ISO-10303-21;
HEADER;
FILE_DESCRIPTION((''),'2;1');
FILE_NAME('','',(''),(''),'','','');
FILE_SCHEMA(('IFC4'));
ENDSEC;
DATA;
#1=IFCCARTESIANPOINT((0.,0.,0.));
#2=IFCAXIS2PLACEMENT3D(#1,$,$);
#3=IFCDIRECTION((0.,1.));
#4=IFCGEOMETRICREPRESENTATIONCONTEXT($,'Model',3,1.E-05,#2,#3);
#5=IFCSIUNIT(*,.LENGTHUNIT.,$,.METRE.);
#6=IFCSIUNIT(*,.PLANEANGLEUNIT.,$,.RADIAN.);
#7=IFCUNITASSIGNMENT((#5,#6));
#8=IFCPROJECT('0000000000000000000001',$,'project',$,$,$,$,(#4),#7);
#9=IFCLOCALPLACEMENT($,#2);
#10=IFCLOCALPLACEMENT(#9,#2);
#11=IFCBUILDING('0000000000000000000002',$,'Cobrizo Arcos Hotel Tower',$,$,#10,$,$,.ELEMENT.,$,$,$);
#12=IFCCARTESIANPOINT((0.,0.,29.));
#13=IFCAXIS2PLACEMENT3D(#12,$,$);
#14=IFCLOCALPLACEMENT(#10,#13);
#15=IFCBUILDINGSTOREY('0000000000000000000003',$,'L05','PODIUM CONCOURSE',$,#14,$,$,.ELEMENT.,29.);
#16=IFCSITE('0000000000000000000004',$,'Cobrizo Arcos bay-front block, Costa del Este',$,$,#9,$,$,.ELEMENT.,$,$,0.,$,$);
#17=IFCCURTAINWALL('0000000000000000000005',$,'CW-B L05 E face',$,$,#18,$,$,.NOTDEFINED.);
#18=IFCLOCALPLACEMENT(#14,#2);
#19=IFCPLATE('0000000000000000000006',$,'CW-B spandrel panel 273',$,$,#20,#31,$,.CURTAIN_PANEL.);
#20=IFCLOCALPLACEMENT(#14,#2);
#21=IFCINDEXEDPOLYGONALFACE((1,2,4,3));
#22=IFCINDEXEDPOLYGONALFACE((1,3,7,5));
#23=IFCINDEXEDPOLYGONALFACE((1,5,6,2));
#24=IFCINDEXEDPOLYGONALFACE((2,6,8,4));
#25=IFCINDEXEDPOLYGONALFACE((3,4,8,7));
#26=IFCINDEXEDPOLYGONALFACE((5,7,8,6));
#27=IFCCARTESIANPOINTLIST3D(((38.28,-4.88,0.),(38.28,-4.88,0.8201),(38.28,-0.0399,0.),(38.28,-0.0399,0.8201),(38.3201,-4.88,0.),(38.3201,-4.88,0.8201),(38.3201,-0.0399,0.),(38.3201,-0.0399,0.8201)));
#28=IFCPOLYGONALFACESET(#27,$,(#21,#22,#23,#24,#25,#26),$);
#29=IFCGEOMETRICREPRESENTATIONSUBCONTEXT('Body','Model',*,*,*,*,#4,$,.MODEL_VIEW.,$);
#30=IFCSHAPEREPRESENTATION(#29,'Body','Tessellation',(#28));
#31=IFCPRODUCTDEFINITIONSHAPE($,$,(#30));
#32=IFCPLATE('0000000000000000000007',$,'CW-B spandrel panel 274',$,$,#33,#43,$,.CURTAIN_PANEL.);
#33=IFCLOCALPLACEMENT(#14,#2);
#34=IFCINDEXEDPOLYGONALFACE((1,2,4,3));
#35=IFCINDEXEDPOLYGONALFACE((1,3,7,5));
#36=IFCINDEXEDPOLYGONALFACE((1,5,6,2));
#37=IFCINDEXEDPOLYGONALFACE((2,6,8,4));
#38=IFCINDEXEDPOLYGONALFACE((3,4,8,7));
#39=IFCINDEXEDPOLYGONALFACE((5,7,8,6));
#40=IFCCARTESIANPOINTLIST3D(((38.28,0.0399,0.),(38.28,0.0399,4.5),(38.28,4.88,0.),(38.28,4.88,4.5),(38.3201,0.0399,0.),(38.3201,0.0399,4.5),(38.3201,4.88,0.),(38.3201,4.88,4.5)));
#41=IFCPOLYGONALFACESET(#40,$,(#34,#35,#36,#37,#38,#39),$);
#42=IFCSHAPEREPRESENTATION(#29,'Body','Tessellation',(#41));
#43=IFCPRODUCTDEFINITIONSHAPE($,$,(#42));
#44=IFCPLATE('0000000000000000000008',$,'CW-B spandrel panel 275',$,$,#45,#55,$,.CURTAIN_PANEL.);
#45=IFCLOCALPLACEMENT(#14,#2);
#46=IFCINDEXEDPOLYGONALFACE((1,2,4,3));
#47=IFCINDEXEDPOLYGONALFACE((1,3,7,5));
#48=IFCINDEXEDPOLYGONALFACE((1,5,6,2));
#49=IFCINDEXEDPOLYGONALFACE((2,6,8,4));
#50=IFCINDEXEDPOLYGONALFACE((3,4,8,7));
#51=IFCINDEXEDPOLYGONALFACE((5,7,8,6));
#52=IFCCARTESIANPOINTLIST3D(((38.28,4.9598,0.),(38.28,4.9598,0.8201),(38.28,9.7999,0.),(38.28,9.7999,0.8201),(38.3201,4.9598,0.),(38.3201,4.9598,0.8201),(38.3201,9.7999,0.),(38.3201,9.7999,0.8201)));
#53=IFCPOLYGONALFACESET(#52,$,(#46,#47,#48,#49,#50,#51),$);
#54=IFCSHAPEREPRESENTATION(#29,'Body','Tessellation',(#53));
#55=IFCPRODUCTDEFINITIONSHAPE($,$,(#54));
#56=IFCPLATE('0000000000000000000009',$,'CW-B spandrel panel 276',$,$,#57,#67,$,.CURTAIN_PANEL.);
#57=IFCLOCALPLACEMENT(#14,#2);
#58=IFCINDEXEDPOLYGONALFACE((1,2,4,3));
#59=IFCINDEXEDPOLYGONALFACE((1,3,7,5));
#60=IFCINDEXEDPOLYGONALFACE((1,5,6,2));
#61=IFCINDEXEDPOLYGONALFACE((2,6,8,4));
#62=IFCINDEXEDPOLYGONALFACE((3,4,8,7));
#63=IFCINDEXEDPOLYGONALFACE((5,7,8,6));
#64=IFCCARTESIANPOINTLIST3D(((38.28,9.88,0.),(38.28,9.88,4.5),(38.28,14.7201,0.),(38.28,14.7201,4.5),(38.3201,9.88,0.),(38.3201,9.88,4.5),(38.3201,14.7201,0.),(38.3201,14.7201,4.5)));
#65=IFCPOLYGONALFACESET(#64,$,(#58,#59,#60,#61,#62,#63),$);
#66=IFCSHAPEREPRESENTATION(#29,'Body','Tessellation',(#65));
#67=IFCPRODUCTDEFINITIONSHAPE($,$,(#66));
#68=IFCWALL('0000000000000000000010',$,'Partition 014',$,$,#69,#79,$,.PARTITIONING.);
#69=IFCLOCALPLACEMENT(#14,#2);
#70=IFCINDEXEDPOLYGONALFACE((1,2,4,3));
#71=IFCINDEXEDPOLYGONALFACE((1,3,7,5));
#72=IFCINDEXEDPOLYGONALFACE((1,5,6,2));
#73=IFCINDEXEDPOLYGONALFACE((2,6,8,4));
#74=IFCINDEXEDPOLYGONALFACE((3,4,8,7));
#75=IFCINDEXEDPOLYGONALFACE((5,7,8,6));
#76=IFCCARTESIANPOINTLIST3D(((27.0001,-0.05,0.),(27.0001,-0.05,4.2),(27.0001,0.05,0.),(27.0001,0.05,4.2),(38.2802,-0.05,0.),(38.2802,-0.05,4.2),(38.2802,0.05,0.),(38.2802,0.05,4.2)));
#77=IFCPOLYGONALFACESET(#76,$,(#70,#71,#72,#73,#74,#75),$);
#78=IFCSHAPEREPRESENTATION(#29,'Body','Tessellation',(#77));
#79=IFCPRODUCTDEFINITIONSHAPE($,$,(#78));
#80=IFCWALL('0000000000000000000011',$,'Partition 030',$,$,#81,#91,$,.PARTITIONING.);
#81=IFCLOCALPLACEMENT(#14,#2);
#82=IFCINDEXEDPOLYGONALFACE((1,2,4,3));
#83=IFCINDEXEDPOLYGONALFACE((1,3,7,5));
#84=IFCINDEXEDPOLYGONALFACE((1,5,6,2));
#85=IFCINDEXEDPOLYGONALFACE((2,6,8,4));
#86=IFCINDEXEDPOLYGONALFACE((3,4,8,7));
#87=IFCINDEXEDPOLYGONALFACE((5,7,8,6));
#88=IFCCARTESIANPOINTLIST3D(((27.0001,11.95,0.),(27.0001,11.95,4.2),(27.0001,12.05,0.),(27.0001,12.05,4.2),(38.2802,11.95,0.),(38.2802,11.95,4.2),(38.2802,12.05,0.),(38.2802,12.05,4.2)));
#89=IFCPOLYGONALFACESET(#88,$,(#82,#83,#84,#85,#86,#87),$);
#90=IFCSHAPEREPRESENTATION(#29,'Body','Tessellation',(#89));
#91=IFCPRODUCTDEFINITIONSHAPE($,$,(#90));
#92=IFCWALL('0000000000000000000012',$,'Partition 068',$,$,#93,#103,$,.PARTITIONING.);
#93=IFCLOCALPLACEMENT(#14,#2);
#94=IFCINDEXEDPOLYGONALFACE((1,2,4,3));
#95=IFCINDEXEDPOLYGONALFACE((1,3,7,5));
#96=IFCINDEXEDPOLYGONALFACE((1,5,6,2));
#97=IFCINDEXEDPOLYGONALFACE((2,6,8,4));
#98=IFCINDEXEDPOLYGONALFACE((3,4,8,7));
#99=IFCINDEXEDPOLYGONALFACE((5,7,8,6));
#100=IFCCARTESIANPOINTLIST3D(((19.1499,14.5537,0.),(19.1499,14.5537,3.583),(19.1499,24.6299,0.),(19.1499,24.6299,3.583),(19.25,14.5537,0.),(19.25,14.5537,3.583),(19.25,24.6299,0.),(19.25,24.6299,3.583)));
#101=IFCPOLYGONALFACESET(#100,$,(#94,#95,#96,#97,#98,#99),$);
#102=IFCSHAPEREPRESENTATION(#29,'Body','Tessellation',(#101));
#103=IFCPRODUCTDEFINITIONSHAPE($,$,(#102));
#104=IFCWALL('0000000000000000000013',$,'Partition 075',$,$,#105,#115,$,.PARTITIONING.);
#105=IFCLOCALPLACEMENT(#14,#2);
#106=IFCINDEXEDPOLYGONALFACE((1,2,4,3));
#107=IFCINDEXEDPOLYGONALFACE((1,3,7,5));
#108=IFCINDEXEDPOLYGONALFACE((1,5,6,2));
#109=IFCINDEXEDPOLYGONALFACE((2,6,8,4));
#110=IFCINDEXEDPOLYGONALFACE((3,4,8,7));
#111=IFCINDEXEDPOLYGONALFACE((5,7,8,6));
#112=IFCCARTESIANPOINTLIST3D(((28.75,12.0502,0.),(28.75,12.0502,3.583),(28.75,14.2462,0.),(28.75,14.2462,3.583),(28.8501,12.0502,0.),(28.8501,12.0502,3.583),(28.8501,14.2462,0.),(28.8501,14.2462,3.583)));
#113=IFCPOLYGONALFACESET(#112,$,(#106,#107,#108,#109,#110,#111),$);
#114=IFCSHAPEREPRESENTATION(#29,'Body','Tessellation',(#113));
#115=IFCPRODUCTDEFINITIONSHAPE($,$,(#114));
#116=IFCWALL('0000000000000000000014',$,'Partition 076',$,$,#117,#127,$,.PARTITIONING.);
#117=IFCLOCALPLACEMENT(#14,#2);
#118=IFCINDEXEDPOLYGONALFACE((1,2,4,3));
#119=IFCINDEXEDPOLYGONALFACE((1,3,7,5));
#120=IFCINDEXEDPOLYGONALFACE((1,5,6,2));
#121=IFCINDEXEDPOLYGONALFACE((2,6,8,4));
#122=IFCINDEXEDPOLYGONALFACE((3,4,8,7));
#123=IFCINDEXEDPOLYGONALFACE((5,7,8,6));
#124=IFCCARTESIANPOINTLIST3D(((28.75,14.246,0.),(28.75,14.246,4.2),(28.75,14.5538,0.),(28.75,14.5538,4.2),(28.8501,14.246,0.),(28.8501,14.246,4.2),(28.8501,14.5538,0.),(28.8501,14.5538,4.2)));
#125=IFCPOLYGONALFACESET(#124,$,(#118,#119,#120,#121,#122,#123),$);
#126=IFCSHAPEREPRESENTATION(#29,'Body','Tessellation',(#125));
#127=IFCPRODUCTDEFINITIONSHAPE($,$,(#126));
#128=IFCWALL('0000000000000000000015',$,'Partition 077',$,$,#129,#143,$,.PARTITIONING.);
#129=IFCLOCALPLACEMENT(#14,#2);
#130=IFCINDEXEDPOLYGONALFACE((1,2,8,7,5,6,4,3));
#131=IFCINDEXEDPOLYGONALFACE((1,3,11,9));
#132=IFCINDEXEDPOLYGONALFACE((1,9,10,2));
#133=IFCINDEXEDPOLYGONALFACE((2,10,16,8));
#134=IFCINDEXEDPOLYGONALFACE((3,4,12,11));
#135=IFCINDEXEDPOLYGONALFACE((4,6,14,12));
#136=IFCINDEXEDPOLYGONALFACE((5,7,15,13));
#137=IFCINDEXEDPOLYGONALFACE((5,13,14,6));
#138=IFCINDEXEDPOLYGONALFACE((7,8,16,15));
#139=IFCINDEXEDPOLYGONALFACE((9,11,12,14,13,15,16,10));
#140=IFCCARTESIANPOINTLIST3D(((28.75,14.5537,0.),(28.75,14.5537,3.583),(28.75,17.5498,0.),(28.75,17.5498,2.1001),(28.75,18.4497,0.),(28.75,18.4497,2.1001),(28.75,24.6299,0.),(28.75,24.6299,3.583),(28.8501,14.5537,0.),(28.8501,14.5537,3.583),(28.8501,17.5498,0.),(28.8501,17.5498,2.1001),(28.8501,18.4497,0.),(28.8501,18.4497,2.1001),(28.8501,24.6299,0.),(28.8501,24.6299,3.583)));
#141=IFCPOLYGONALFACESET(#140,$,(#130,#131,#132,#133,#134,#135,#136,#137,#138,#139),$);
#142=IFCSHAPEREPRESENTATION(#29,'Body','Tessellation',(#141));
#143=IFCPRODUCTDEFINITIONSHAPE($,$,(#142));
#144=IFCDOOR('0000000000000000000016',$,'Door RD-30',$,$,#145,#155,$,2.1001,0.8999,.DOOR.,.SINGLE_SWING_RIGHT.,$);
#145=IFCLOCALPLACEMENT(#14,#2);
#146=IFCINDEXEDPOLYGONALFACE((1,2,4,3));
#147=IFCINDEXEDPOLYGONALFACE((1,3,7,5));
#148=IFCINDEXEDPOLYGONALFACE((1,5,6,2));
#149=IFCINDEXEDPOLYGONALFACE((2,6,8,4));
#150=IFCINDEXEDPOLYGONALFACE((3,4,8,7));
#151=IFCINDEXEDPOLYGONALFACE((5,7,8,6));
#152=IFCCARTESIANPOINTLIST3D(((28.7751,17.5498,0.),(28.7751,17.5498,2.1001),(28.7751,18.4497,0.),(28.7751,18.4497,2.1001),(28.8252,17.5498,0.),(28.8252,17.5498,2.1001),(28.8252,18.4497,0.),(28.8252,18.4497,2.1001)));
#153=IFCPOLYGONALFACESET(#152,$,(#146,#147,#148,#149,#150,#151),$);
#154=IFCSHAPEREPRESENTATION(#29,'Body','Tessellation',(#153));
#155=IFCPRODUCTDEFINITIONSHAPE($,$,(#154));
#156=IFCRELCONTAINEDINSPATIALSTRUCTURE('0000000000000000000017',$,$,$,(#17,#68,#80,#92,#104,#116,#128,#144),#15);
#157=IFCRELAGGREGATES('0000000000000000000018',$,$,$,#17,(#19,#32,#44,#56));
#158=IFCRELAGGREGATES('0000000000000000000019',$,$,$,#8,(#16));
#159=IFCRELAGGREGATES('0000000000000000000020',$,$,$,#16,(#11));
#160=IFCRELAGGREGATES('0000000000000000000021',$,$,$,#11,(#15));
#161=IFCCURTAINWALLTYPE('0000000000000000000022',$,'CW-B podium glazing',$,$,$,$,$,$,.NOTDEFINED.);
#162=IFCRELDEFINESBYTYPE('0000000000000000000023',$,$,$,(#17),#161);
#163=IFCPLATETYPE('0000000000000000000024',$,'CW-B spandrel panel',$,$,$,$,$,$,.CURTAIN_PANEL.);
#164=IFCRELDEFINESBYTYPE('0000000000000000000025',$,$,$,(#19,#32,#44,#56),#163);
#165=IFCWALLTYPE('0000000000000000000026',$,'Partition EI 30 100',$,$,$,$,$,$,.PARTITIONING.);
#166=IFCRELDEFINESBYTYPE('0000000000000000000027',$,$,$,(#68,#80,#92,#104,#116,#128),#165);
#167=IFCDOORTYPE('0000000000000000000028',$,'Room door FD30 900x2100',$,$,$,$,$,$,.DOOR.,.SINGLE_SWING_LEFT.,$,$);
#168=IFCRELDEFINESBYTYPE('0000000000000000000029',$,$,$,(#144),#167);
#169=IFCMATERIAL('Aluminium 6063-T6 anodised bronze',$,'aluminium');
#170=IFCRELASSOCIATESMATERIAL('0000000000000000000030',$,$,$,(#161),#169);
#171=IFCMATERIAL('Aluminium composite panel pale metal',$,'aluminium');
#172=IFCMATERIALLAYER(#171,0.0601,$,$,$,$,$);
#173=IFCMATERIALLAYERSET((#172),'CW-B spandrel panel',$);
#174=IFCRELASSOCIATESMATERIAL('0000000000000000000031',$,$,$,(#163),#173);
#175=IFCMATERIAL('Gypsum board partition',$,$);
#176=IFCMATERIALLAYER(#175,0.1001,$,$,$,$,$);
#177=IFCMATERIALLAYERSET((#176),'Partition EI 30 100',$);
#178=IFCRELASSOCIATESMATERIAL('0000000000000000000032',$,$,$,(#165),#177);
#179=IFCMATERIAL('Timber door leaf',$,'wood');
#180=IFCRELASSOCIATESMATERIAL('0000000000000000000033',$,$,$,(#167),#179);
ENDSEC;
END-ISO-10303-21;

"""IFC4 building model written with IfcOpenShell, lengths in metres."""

from ifc_helpers import new_model, si_unit, direction, frame, frame_2d, origin, origin_2d, place, context, subcontext, project, spatial, rectangle, extrude, material, layer, layer_set, type_object, element, fill, aggregate, save


model = new_model("IFC4")

# Units and contexts
model_context = context("Model", 3, precision=1e-05, world=origin(), true_north=direction((0.0, 1.0)))
body_context = subcontext(model_context, "Body", "Model", "MODEL_VIEW")
ifc_project = project(units=[si_unit("LENGTHUNIT", "METRE"), si_unit("PLANEANGLEUNIT", "RADIAN")], contexts=[model_context])

# Site, building, storey
site_placement = place(None, origin())
site = spatial("IfcSite", under=ifc_project, at=site_placement, Name="Cobrizo Arcos bay-front block, Costa del Este", CompositionType="ELEMENT", RefElevation=0.0)
building_placement = place(site_placement, origin())
building = spatial("IfcBuilding", under=site, at=building_placement, Name="Cobrizo Arcos Hotel Tower", CompositionType="ELEMENT")
storey_placement = place(building_placement, frame((0.0, 0.0, 29.0)))
storey = spatial("IfcBuildingStorey", under=building, at=storey_placement, Name="L05", Description="PODIUM CONCOURSE", CompositionType="ELEMENT", Elevation=29.0)

# Curtain wall
ifc_material_1 = material(Name="Aluminium 6063-T6 anodised bronze", Category="aluminium")
curtain_wall_type = type_object("IfcCurtainWallType", Name="CW-B podium glazing", PredefinedType="NOTDEFINED", material=ifc_material_1)
curtain_wall_placement = place(storey_placement, origin())
curtain_wall = element("IfcCurtainWall", 1, at=curtain_wall_placement, inside=storey, type_object=curtain_wall_type, Name="CW-B L05 E face", PredefinedType="NOTDEFINED")

# Plates
ifc_material_2 = material(Name="Aluminium composite panel pale metal", Category="aluminium")
ifc_layer_1 = layer(ifc_material_2, 0.0601)
ifc_layer_set_1 = layer_set([ifc_layer_1], Name="CW-B spandrel panel")
plate_type_1 = type_object("IfcPlateType", Name="CW-B spandrel panel", PredefinedType="CURTAIN_PANEL", material=ifc_layer_set_1)
plate_1_placement = place(storey_placement, frame((38.3, -2.46, 0.0), z_axis=(0.0, 0.0, 1.0), x_axis=(0.0, 1.0, 0.0)))
plate_1 = element("IfcPlate", 2, at=plate_1_placement, type_object=plate_type_1, Name="CW-B spandrel panel 273", PredefinedType="CURTAIN_PANEL", context=body_context, shape_type="SweptSolid", body=[
    extrude(rectangle(XDim=4.8401, YDim=0.04, at=origin_2d()), origin(), (0.0, 0.0, 1.0), 0.8201),
])
plate_2_placement = place(storey_placement, frame((38.3, 2.46, 0.0), z_axis=(0.0, 0.0, 1.0), x_axis=(0.0, 1.0, 0.0)))
plate_2 = element("IfcPlate", 3, at=plate_2_placement, type_object=plate_type_1, Name="CW-B spandrel panel 274", PredefinedType="CURTAIN_PANEL", context=body_context, shape_type="SweptSolid", body=[
    extrude(rectangle(XDim=4.8401, YDim=0.04, at=origin_2d()), origin(), (0.0, 0.0, 1.0), 4.5),
])
plate_3_placement = place(storey_placement, frame((38.3, 7.3799, 0.0), z_axis=(0.0, 0.0, 1.0), x_axis=(0.0, 1.0, 0.0)))
plate_3 = element("IfcPlate", 4, at=plate_3_placement, type_object=plate_type_1, Name="CW-B spandrel panel 275", PredefinedType="CURTAIN_PANEL", context=body_context, shape_type="SweptSolid", body=[
    extrude(rectangle(XDim=4.8401, YDim=0.04, at=origin_2d()), origin(), (0.0, 0.0, 1.0), 0.8201),
])
plate_4_placement = place(storey_placement, frame((38.3, 12.3, 0.0), z_axis=(0.0, 0.0, 1.0), x_axis=(0.0, 1.0, 0.0)))
plate_4 = element("IfcPlate", 5, at=plate_4_placement, type_object=plate_type_1, Name="CW-B spandrel panel 276", PredefinedType="CURTAIN_PANEL", context=body_context, shape_type="SweptSolid", body=[
    extrude(rectangle(XDim=4.8401, YDim=0.04, at=origin_2d()), origin(), (0.0, 0.0, 1.0), 4.5),
])
aggregate(curtain_wall, [plate_1, plate_2, plate_3, plate_4])

# Walls
ifc_material_3 = material(Name="Gypsum board partition")
ifc_layer_2 = layer(ifc_material_3, 0.1001)
ifc_layer_set_2 = layer_set([ifc_layer_2], Name="Partition EI 30 100")
wall_type = type_object("IfcWallType", Name="Partition EI 30 100", PredefinedType="PARTITIONING", material=ifc_layer_set_2)
for number, where, z_axis, x_axis, name in (
    (6, (27.0, 0.0, 0.0), (0.0, 0.0, 1.0), (1.0, 0.0, 0.0), "Partition 014"),
    (7, (27.0, 12.0, 0.0), (0.0, 0.0, 1.0), (1.0, 0.0, 0.0), "Partition 030"),
):
    element("IfcWall", number, at=place(storey_placement, frame(where, z_axis=z_axis, x_axis=x_axis)), inside=storey, type_object=wall_type, Name=name, PredefinedType="PARTITIONING", context=body_context, shape_type="SweptSolid", body=[
        extrude(rectangle(XDim=11.28, YDim=0.1001, at=frame_2d((5.6401, 0.0))), origin(), (0.0, 0.0, 1.0), 4.2),
    ])
wall_1_placement = place(storey_placement, frame((19.2, 14.5537, 0.0), z_axis=(0.0, 0.0, 1.0), x_axis=(0.0, 1.0, 0.0)))
element("IfcWall", 8, at=wall_1_placement, inside=storey, type_object=wall_type, Name="Partition 068", PredefinedType="PARTITIONING", context=body_context, shape_type="SweptSolid", body=[
    extrude(rectangle(XDim=10.0762, YDim=0.1001, at=frame_2d((5.0381, 0.0))), origin(), (0.0, 0.0, 1.0), 3.583),
])
wall_2_placement = place(storey_placement, frame((28.8, 12.05, 0.0), z_axis=(0.0, 0.0, 1.0), x_axis=(0.0, 1.0, 0.0)))
element("IfcWall", 9, at=wall_2_placement, inside=storey, type_object=wall_type, Name="Partition 075", PredefinedType="PARTITIONING", context=body_context, shape_type="SweptSolid", body=[
    extrude(rectangle(XDim=2.196, YDim=0.1001, at=frame_2d((1.0981, 0.0))), origin(), (0.0, 0.0, 1.0), 3.583),
])
wall_3_placement = place(storey_placement, frame((28.8, 14.2461, 0.0), z_axis=(0.0, 0.0, 1.0), x_axis=(0.0, 1.0, 0.0)))
element("IfcWall", 10, at=wall_3_placement, inside=storey, type_object=wall_type, Name="Partition 076", PredefinedType="PARTITIONING", context=body_context, shape_type="SweptSolid", body=[
    extrude(rectangle(XDim=0.3079, YDim=0.1001, at=frame_2d((0.1538, 0.0))), origin(), (0.0, 0.0, 1.0), 4.2),
])

# Wall, opening, door
wall_4_placement = place(storey_placement, frame((28.8, 14.5537, 0.0), z_axis=(0.0, 0.0, 1.0), x_axis=(0.0, 1.0, 0.0)))
wall_4 = element("IfcWall", 11, at=wall_4_placement, inside=storey, type_object=wall_type, Name="Partition 077", PredefinedType="PARTITIONING", context=body_context, shape_type="SweptSolid", body=[
    extrude(rectangle(XDim=10.0762, YDim=0.1001, at=frame_2d((5.0381, 0.0))), origin(), (0.0, 0.0, 1.0), 3.583),
])
opening_placement = place(wall_4_placement, frame((2.9961, 0.0, 0.0)))
opening = element("IfcOpeningElement", 12, at=opening_placement, cuts=wall_4, PredefinedType="OPENING", context=body_context, shape_type="SweptSolid", body=[
    extrude(rectangle(XDim=0.8999, YDim=2.1001, at=frame_2d((0.45, 1.05))), frame((0.0, 0.062, 0.0), z_axis=(0.0, -1.0, 0.0), x_axis=(1.0, 0.0, 0.0)), (0.0, 0.0, 1.0), 0.124),
])
ifc_material_4 = material(Name="Timber door leaf", Category="wood")
door_type = type_object("IfcDoorType", Name="Room door FD30 900x2100", OperationType="SINGLE_SWING_LEFT", PredefinedType="DOOR", material=ifc_material_4)
door_placement = place(opening_placement, origin())
door = element("IfcDoor", 13, at=door_placement, inside=storey, type_object=door_type, Name="Door RD-30", OperationType="SINGLE_SWING_RIGHT", OverallHeight=2.1001, OverallWidth=0.8999, PredefinedType="DOOR", context=body_context, shape_type="SweptSolid", body=[
    extrude(rectangle(XDim=0.8999, YDim=2.1001, at=frame_2d((0.45, 1.05))), frame((0.0, 0.0249, 0.0), z_axis=(0.0, -1.0, 0.0), x_axis=(1.0, 0.0, 0.0)), (0.0, 0.0, 1.0), 0.05),
])
fill(opening, door)

save(model, "model.ifc")
